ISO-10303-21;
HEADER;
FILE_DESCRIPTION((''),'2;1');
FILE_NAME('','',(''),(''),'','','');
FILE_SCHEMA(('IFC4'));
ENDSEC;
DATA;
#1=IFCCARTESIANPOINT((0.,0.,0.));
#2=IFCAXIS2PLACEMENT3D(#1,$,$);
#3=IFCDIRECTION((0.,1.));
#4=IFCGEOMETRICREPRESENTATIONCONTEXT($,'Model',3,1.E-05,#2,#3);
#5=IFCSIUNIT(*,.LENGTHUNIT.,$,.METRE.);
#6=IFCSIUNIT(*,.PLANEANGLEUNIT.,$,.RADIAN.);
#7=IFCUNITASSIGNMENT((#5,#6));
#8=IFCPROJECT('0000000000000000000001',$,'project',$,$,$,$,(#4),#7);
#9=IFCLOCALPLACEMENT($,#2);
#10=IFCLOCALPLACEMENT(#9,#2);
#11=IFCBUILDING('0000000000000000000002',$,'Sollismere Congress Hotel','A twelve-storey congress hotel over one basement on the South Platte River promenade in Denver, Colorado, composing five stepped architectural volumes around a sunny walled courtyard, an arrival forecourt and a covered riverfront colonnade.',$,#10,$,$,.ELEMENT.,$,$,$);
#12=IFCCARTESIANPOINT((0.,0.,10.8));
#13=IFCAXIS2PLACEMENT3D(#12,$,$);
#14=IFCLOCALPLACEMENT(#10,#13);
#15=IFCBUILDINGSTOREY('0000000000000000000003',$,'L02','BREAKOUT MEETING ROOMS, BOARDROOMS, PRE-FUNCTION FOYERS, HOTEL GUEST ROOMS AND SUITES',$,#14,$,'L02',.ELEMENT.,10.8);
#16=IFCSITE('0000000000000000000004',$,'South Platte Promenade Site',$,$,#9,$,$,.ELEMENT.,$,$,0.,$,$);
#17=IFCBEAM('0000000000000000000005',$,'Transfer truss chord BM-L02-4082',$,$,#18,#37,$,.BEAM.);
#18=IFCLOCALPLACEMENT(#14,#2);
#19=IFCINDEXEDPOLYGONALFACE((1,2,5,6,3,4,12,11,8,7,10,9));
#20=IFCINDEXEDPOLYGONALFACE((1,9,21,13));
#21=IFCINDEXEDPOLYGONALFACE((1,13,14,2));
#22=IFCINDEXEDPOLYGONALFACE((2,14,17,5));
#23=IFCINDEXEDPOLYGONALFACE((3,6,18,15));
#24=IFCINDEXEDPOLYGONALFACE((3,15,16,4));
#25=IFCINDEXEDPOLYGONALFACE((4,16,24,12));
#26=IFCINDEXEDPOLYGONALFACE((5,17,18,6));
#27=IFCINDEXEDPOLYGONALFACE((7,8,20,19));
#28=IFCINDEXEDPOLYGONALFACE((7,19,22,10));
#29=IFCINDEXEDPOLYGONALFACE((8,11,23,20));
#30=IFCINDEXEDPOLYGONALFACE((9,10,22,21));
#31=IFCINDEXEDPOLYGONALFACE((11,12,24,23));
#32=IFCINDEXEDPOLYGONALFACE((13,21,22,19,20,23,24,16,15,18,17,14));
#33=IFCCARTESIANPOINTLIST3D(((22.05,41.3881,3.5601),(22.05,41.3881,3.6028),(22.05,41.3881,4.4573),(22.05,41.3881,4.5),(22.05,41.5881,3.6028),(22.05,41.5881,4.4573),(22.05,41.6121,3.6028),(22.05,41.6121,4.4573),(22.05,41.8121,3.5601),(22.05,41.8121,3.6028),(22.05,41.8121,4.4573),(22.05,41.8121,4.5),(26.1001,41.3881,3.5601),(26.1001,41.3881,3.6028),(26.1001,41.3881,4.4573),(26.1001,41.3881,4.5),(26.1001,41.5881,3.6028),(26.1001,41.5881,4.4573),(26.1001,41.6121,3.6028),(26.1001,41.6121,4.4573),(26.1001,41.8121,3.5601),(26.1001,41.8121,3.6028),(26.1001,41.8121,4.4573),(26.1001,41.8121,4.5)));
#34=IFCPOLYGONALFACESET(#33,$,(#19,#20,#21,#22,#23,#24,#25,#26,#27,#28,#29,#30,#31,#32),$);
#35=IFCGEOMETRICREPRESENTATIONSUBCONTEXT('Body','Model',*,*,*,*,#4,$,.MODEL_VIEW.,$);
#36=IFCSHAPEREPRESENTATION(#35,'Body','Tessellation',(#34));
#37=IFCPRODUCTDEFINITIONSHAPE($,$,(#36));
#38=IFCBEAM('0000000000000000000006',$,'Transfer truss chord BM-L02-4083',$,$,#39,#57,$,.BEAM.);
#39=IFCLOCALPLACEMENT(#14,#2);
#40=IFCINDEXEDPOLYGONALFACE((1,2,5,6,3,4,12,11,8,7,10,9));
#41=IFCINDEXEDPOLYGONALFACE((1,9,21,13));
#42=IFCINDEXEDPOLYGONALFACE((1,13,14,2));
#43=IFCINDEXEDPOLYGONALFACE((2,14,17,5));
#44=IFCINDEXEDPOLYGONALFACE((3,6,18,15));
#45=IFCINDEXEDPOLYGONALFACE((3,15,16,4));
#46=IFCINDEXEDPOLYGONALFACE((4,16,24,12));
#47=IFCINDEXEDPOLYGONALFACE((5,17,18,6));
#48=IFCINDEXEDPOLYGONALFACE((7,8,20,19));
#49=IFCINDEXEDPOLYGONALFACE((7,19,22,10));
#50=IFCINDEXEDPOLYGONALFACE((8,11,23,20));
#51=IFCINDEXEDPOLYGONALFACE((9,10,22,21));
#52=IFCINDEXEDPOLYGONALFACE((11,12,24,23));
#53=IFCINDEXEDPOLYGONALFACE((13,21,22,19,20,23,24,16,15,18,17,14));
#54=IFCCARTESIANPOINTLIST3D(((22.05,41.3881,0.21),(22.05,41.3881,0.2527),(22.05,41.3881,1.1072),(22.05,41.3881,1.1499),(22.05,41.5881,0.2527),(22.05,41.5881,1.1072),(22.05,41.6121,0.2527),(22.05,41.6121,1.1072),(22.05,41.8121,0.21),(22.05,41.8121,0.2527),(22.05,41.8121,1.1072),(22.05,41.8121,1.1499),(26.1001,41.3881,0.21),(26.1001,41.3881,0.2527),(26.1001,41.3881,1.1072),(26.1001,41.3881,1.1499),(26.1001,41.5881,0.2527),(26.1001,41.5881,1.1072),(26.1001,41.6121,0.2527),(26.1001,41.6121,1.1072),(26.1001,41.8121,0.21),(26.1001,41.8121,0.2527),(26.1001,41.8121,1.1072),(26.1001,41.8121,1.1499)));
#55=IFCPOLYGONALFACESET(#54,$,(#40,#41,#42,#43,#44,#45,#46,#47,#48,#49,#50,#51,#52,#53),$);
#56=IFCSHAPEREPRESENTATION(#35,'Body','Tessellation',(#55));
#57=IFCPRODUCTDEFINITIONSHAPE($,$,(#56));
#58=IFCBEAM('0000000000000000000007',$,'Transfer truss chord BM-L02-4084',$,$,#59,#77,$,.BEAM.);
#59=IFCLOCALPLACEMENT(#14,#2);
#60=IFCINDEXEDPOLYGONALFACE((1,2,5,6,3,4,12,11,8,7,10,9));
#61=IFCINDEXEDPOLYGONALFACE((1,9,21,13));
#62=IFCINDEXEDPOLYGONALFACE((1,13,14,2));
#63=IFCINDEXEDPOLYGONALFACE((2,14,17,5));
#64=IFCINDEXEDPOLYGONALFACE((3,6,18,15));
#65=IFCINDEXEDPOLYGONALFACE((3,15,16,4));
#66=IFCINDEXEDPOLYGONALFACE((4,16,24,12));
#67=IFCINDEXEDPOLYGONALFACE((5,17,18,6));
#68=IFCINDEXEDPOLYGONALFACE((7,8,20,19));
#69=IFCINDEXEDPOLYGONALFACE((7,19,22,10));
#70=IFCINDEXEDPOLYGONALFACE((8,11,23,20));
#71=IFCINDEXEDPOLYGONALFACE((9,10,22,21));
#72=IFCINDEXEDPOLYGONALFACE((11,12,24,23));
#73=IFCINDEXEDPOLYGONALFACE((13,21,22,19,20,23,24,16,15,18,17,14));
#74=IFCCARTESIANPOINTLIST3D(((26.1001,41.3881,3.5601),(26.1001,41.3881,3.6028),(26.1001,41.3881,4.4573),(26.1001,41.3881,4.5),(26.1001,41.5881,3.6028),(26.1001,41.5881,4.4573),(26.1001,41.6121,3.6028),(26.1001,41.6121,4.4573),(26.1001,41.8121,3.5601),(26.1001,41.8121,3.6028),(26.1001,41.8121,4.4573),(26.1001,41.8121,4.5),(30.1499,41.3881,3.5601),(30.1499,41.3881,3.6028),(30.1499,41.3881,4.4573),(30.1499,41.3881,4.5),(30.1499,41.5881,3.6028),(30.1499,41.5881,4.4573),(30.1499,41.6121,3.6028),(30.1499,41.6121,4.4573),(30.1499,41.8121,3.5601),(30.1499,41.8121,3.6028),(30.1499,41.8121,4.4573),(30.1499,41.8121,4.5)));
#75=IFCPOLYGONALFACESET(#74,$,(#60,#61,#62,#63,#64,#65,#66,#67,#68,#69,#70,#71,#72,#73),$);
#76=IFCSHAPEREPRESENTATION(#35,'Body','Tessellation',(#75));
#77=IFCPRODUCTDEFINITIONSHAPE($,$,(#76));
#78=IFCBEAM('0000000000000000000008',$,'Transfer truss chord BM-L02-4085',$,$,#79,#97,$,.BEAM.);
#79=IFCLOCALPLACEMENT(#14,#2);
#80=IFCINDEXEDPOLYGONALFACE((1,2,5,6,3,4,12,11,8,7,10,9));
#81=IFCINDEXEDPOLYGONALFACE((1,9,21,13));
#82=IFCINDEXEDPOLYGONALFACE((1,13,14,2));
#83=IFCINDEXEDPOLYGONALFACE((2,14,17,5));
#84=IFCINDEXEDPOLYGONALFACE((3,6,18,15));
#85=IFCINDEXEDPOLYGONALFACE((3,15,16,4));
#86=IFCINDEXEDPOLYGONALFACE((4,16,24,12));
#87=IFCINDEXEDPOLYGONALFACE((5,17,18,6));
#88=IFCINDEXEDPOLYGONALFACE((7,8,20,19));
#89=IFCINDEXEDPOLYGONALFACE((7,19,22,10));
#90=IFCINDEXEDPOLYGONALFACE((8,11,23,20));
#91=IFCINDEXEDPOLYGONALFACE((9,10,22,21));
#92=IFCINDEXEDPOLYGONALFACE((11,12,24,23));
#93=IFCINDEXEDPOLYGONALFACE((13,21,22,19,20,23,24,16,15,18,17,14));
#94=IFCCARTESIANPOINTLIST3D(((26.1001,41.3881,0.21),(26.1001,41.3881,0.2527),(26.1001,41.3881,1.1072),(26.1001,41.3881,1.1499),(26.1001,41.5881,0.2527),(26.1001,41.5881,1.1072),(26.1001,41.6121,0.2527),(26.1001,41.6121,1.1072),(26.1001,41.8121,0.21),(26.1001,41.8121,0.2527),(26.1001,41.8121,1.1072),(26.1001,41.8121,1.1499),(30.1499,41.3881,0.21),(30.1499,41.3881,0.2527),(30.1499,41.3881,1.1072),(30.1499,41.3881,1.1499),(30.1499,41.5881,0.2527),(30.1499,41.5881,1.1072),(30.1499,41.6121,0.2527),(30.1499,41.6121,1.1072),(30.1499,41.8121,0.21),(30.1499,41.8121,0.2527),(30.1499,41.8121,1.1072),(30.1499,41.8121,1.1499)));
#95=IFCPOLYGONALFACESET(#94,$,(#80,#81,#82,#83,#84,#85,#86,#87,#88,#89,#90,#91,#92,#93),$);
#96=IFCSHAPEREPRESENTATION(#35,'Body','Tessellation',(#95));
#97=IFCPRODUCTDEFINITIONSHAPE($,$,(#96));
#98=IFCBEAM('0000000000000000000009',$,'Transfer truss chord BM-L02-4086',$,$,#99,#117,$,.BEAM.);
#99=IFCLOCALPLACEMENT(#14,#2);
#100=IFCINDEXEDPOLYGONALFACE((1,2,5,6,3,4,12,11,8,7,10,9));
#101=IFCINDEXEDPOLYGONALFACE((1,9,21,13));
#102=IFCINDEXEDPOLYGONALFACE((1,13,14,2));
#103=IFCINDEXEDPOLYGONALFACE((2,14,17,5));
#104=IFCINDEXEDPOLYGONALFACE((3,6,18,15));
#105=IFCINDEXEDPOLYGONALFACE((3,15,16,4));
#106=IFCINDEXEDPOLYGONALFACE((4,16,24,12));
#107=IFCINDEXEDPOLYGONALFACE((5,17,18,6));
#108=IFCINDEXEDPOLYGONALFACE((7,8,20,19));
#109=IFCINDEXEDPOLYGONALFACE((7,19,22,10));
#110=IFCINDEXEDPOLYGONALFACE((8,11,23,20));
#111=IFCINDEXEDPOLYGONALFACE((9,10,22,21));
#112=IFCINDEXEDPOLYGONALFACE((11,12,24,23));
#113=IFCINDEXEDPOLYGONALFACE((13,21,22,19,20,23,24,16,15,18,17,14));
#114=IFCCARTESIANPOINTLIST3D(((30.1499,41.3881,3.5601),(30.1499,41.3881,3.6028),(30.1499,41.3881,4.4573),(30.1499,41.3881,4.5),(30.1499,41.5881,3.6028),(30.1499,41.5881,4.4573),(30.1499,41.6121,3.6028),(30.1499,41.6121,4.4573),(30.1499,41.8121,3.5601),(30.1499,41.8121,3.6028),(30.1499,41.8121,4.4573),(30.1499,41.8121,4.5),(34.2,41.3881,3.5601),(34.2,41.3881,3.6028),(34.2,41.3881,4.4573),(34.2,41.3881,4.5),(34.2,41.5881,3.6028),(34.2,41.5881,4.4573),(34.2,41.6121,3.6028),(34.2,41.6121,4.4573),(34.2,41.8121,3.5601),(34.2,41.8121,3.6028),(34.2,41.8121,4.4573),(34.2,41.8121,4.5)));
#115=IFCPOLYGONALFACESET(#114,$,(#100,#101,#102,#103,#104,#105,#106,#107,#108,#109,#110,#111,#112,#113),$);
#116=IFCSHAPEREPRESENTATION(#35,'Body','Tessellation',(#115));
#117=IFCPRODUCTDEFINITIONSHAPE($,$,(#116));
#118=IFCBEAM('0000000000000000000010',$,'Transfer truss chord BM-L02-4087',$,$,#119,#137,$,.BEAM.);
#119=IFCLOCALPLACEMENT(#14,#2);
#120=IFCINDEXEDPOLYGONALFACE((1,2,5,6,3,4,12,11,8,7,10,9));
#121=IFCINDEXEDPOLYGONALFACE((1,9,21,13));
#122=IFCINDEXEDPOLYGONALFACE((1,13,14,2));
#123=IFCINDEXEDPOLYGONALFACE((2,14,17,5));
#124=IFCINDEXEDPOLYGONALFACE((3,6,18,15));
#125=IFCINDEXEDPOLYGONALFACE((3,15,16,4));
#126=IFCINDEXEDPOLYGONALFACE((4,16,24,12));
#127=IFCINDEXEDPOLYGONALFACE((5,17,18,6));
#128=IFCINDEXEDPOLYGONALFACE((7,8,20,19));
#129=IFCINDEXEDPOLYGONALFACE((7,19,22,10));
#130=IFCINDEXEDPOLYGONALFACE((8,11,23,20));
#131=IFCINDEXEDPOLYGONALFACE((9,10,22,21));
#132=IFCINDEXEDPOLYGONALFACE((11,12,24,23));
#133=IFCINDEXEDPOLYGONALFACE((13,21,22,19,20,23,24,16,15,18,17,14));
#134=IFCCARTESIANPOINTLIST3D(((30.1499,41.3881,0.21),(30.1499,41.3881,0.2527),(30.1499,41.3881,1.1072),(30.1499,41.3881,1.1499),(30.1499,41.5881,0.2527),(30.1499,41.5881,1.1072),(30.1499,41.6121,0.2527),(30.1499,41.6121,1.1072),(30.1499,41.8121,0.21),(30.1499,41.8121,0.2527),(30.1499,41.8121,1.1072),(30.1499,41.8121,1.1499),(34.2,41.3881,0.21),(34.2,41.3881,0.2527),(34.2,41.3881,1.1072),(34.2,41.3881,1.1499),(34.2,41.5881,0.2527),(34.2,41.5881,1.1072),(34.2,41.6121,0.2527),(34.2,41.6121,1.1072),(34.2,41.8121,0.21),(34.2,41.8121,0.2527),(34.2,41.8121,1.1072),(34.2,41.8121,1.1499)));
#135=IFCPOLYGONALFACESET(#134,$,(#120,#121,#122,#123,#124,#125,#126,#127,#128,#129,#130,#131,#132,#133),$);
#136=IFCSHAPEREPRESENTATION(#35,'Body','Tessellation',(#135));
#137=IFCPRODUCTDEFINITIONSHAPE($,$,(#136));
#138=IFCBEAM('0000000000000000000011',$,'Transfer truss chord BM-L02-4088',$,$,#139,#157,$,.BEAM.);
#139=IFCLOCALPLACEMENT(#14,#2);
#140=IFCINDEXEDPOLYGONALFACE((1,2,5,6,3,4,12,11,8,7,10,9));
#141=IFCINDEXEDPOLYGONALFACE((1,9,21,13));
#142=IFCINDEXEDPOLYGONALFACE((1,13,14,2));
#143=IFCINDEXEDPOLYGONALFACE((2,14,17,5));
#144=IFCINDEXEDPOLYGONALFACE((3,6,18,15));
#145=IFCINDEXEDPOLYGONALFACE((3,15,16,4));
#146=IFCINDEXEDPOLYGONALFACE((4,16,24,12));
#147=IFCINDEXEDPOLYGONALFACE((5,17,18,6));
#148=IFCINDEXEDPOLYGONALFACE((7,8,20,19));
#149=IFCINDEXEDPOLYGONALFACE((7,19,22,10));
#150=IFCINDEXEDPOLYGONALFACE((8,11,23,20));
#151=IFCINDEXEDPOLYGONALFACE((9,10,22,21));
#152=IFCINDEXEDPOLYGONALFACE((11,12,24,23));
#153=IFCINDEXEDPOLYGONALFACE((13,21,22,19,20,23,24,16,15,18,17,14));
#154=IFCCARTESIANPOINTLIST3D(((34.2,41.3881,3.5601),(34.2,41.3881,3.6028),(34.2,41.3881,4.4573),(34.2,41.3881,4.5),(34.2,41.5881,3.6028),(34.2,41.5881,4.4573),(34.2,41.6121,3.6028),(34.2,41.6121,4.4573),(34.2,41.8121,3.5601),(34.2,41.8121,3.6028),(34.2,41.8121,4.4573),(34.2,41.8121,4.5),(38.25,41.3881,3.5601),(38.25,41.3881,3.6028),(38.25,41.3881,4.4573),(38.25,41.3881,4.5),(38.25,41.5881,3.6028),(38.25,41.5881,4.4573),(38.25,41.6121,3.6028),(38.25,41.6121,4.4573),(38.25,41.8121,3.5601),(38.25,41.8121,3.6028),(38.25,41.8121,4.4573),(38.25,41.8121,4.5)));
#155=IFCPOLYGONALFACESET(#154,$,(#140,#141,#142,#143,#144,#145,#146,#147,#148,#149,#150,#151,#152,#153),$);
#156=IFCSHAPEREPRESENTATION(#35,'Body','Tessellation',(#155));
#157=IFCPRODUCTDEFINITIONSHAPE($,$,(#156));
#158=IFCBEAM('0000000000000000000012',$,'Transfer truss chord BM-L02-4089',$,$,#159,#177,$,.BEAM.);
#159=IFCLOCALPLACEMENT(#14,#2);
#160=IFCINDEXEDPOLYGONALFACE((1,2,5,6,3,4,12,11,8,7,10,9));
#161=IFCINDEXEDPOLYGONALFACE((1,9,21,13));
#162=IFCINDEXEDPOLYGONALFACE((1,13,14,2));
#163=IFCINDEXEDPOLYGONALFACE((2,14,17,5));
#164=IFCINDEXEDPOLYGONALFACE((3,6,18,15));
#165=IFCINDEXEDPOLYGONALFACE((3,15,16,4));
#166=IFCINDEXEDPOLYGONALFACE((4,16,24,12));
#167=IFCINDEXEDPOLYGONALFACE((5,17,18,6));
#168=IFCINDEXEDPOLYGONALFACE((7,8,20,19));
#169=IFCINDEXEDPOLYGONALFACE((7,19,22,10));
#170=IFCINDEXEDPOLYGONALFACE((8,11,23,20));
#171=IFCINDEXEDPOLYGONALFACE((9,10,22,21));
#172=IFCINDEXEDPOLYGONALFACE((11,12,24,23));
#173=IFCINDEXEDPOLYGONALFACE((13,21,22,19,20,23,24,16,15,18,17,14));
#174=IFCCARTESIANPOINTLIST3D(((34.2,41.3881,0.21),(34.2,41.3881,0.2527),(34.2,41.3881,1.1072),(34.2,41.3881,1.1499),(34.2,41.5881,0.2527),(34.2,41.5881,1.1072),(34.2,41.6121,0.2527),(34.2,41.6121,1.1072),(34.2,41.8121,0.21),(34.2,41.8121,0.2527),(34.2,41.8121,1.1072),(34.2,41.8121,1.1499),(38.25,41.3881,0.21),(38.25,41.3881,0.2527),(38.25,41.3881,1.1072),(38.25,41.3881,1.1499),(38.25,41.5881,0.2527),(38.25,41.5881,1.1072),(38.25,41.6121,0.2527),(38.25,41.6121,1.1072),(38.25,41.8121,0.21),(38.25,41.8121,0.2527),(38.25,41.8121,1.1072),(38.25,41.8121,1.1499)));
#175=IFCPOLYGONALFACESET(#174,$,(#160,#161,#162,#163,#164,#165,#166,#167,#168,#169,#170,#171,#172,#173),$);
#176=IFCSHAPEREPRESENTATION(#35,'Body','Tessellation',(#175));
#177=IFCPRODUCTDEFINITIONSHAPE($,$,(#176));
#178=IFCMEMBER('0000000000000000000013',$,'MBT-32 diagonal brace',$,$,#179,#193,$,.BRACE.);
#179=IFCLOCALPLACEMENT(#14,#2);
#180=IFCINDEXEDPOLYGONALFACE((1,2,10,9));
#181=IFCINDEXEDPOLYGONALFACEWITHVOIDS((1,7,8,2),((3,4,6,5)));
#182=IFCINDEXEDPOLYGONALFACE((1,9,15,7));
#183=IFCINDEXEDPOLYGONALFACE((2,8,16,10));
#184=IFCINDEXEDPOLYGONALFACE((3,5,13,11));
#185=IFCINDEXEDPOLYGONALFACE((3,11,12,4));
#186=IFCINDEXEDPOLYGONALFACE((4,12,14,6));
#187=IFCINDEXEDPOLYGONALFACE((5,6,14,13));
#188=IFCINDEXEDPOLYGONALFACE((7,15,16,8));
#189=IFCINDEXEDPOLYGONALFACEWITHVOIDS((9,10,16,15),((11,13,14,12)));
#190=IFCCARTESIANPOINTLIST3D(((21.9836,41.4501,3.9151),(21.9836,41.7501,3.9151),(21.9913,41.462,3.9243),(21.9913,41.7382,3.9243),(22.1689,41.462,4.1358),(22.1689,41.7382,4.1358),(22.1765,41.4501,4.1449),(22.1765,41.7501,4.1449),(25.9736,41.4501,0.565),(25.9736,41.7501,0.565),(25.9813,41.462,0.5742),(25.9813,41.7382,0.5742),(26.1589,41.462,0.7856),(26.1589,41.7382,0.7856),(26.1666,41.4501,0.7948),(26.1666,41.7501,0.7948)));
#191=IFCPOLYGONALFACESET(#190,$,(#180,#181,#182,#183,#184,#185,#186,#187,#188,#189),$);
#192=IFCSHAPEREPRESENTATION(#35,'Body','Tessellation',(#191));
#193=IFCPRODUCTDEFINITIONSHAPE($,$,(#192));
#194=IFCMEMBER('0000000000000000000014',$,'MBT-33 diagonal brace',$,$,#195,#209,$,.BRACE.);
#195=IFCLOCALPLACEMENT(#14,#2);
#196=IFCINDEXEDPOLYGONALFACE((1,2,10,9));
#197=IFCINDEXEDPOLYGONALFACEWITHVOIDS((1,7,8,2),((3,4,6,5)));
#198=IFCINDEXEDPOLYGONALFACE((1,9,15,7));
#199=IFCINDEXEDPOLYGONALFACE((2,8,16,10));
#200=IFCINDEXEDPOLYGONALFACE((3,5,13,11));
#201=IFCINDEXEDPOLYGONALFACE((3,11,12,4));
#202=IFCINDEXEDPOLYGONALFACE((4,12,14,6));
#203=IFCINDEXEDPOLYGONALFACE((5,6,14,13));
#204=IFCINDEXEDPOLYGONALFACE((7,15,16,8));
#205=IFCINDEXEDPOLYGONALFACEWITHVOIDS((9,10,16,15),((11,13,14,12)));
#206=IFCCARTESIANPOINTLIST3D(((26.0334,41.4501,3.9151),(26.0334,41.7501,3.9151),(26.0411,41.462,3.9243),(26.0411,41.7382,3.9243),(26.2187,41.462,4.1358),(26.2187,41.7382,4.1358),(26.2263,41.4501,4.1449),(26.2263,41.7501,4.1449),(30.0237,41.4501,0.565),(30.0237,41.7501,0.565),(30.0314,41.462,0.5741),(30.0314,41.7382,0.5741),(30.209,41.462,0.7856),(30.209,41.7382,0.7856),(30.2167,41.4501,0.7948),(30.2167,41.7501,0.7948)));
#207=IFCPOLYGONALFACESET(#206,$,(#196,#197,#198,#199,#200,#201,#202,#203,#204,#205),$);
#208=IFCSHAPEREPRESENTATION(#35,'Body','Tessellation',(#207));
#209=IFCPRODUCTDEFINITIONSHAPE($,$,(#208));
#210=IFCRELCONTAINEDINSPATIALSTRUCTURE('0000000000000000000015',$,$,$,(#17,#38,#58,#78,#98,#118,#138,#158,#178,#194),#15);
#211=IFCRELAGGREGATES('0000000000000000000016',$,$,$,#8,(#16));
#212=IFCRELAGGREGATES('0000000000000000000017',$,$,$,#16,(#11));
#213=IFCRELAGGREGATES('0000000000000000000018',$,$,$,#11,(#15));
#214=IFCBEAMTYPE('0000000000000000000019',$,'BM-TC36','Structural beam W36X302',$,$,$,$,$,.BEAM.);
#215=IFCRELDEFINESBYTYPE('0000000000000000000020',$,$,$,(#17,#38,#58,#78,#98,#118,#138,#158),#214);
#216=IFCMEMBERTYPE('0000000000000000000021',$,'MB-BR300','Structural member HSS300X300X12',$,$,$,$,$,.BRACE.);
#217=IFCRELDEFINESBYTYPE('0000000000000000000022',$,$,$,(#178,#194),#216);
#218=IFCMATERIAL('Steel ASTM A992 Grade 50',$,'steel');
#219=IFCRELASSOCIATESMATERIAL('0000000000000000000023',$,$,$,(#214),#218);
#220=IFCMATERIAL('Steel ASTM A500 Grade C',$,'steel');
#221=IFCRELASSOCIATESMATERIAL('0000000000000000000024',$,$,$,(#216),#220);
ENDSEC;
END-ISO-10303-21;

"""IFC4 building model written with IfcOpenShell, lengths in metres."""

from ifc_helpers import new_model, si_unit, direction, frame, origin, origin_2d, place, context, subcontext, project, spatial, hollow_rectangle, i_section, extrude, material, material_profile, profile_set, type_object, element, save


model = new_model("IFC4")

# Units and contexts
model_context = context("Model", 3, precision=1e-05, world=origin(), true_north=direction((0.0, 1.0)))
body_context = subcontext(model_context, "Body", "Model", "MODEL_VIEW")
ifc_project = project(units=[si_unit("LENGTHUNIT", "METRE"), si_unit("PLANEANGLEUNIT", "RADIAN")], contexts=[model_context])

# Site, building, storey
site_placement = place(None, origin())
site = spatial("IfcSite", under=ifc_project, at=site_placement, Name="South Platte Promenade Site", CompositionType="ELEMENT", RefElevation=0.0)
building_placement = place(site_placement, origin())
building = spatial("IfcBuilding", under=site, at=building_placement, Name="Sollismere Congress Hotel", Description="A twelve-storey congress hotel over one basement on the South Platte River promenade in Denver, Colorado, composing five stepped architectural volumes around a sunny walled courtyard, an arrival forecourt and a covered riverfront colonnade.", CompositionType="ELEMENT")
storey_placement = place(building_placement, frame((0.0, 0.0, 10.8)))
storey = spatial("IfcBuildingStorey", under=building, at=storey_placement, Name="L02", Description="BREAKOUT MEETING ROOMS, BOARDROOMS, PRE-FUNCTION FOYERS, HOTEL GUEST ROOMS AND SUITES", LongName="L02", CompositionType="ELEMENT", Elevation=10.8)

# Beams
ifc_material_1 = material(Name="Steel ASTM A992 Grade 50", Category="steel")
ifc_material_profile_1 = material_profile(ifc_material_1, i_section(OverallWidth=0.4241, OverallDepth=0.9399, WebThickness=0.0239, FlangeThickness=0.0427, at=origin_2d()), Name="W36X302")
ifc_profile_set_1 = profile_set([ifc_material_profile_1], Name="Steel ASTM A992 Grade 50")
beam_type = type_object("IfcBeamType", Name="BM-TC36", Description="Structural beam W36X302", PredefinedType="BEAM", material=ifc_profile_set_1)
for number, where, z_axis, x_axis, name in (
    (1, (22.05, 41.6001, 4.03), (1.0, 0.0, 0.0), (0.0, 1.0, 0.0), "Transfer truss chord BM-L02-4082"),
    (2, (22.05, 41.6001, 0.6799), (1.0, 0.0, 0.0), (0.0, 1.0, 0.0), "Transfer truss chord BM-L02-4083"),
):
    element("IfcBeam", number, at=place(storey_placement, frame(where, z_axis=z_axis, x_axis=x_axis)), inside=storey, type_object=beam_type, Name=name, PredefinedType="BEAM", context=body_context, shape_type="SweptSolid", body=[
        extrude(i_section(OverallWidth=0.4241, OverallDepth=0.9399, WebThickness=0.0239, FlangeThickness=0.0427, at=origin_2d()), origin(), (0.0, 0.0, 1.0), 4.05),
    ])
for number, where, z_axis, x_axis, name in (
    (3, (26.1001, 41.6001, 4.03), (1.0, 0.0, 0.0), (0.0, 1.0, 0.0), "Transfer truss chord BM-L02-4084"),
    (4, (26.1001, 41.6001, 0.6799), (1.0, 0.0, 0.0), (0.0, 1.0, 0.0), "Transfer truss chord BM-L02-4085"),
):
    element("IfcBeam", number, at=place(storey_placement, frame(where, z_axis=z_axis, x_axis=x_axis)), inside=storey, type_object=beam_type, Name=name, PredefinedType="BEAM", context=body_context, shape_type="SweptSolid", body=[
        extrude(i_section(OverallWidth=0.4241, OverallDepth=0.9399, WebThickness=0.0239, FlangeThickness=0.0427, at=origin_2d()), origin(), (0.0, 0.0, 1.0), 4.0498),
    ])
for number, where, z_axis, x_axis, name in (
    (5, (30.1499, 41.6001, 4.03), (1.0, 0.0, 0.0), (0.0, 1.0, 0.0), "Transfer truss chord BM-L02-4086"),
    (6, (30.1499, 41.6001, 0.6799), (1.0, 0.0, 0.0), (0.0, 1.0, 0.0), "Transfer truss chord BM-L02-4087"),
    (7, (34.2, 41.6001, 4.03), (1.0, 0.0, 0.0), (0.0, 1.0, 0.0), "Transfer truss chord BM-L02-4088"),
    (8, (34.2, 41.6001, 0.6799), (1.0, 0.0, 0.0), (0.0, 1.0, 0.0), "Transfer truss chord BM-L02-4089"),
):
    element("IfcBeam", number, at=place(storey_placement, frame(where, z_axis=z_axis, x_axis=x_axis)), inside=storey, type_object=beam_type, Name=name, PredefinedType="BEAM", context=body_context, shape_type="SweptSolid", body=[
        extrude(i_section(OverallWidth=0.4241, OverallDepth=0.9399, WebThickness=0.0239, FlangeThickness=0.0427, at=origin_2d()), origin(), (0.0, 0.0, 1.0), 4.05),
    ])

# Members
ifc_material_2 = material(Name="Steel ASTM A500 Grade C", Category="steel")
ifc_material_profile_2 = material_profile(ifc_material_2, hollow_rectangle(XDim=0.3, YDim=0.3, WallThickness=0.012, at=origin_2d()), Name="HSS300X300X12")
ifc_profile_set_2 = profile_set([ifc_material_profile_2], Name="Steel ASTM A500 Grade C")
member_type_1 = type_object("IfcMemberType", Name="MB-BR300", Description="Structural member HSS300X300X12", PredefinedType="BRACE", material=ifc_profile_set_2)
member_1_placement = place(storey_placement, frame((22.0801, 41.6001, 4.03), z_axis=(0.765846, 0.0, -0.643024), x_axis=(0.0, 1.0, 0.0)))
element("IfcMember", 9, at=member_1_placement, inside=storey, type_object=member_type_1, Name="MBT-32 diagonal brace", PredefinedType="BRACE", context=body_context, shape_type="SweptSolid", body=[
    extrude(hollow_rectangle(XDim=0.3, YDim=0.3, WallThickness=0.012, at=origin_2d()), origin(), (0.0, 0.0, 1.0), 5.21),
])
member_2_placement = place(storey_placement, frame((26.1299, 41.6001, 4.03), z_axis=(0.765865, 0.0, -0.643001), x_axis=(0.0, 1.0, 0.0)))
element("IfcMember", 10, at=member_2_placement, inside=storey, type_object=member_type_1, Name="MBT-33 diagonal brace", PredefinedType="BRACE", context=body_context, shape_type="SweptSolid", body=[
    extrude(hollow_rectangle(XDim=0.3, YDim=0.3, WallThickness=0.012, at=origin_2d()), origin(), (0.0, 0.0, 1.0), 5.2102),
])

save(model, "model.ifc")
